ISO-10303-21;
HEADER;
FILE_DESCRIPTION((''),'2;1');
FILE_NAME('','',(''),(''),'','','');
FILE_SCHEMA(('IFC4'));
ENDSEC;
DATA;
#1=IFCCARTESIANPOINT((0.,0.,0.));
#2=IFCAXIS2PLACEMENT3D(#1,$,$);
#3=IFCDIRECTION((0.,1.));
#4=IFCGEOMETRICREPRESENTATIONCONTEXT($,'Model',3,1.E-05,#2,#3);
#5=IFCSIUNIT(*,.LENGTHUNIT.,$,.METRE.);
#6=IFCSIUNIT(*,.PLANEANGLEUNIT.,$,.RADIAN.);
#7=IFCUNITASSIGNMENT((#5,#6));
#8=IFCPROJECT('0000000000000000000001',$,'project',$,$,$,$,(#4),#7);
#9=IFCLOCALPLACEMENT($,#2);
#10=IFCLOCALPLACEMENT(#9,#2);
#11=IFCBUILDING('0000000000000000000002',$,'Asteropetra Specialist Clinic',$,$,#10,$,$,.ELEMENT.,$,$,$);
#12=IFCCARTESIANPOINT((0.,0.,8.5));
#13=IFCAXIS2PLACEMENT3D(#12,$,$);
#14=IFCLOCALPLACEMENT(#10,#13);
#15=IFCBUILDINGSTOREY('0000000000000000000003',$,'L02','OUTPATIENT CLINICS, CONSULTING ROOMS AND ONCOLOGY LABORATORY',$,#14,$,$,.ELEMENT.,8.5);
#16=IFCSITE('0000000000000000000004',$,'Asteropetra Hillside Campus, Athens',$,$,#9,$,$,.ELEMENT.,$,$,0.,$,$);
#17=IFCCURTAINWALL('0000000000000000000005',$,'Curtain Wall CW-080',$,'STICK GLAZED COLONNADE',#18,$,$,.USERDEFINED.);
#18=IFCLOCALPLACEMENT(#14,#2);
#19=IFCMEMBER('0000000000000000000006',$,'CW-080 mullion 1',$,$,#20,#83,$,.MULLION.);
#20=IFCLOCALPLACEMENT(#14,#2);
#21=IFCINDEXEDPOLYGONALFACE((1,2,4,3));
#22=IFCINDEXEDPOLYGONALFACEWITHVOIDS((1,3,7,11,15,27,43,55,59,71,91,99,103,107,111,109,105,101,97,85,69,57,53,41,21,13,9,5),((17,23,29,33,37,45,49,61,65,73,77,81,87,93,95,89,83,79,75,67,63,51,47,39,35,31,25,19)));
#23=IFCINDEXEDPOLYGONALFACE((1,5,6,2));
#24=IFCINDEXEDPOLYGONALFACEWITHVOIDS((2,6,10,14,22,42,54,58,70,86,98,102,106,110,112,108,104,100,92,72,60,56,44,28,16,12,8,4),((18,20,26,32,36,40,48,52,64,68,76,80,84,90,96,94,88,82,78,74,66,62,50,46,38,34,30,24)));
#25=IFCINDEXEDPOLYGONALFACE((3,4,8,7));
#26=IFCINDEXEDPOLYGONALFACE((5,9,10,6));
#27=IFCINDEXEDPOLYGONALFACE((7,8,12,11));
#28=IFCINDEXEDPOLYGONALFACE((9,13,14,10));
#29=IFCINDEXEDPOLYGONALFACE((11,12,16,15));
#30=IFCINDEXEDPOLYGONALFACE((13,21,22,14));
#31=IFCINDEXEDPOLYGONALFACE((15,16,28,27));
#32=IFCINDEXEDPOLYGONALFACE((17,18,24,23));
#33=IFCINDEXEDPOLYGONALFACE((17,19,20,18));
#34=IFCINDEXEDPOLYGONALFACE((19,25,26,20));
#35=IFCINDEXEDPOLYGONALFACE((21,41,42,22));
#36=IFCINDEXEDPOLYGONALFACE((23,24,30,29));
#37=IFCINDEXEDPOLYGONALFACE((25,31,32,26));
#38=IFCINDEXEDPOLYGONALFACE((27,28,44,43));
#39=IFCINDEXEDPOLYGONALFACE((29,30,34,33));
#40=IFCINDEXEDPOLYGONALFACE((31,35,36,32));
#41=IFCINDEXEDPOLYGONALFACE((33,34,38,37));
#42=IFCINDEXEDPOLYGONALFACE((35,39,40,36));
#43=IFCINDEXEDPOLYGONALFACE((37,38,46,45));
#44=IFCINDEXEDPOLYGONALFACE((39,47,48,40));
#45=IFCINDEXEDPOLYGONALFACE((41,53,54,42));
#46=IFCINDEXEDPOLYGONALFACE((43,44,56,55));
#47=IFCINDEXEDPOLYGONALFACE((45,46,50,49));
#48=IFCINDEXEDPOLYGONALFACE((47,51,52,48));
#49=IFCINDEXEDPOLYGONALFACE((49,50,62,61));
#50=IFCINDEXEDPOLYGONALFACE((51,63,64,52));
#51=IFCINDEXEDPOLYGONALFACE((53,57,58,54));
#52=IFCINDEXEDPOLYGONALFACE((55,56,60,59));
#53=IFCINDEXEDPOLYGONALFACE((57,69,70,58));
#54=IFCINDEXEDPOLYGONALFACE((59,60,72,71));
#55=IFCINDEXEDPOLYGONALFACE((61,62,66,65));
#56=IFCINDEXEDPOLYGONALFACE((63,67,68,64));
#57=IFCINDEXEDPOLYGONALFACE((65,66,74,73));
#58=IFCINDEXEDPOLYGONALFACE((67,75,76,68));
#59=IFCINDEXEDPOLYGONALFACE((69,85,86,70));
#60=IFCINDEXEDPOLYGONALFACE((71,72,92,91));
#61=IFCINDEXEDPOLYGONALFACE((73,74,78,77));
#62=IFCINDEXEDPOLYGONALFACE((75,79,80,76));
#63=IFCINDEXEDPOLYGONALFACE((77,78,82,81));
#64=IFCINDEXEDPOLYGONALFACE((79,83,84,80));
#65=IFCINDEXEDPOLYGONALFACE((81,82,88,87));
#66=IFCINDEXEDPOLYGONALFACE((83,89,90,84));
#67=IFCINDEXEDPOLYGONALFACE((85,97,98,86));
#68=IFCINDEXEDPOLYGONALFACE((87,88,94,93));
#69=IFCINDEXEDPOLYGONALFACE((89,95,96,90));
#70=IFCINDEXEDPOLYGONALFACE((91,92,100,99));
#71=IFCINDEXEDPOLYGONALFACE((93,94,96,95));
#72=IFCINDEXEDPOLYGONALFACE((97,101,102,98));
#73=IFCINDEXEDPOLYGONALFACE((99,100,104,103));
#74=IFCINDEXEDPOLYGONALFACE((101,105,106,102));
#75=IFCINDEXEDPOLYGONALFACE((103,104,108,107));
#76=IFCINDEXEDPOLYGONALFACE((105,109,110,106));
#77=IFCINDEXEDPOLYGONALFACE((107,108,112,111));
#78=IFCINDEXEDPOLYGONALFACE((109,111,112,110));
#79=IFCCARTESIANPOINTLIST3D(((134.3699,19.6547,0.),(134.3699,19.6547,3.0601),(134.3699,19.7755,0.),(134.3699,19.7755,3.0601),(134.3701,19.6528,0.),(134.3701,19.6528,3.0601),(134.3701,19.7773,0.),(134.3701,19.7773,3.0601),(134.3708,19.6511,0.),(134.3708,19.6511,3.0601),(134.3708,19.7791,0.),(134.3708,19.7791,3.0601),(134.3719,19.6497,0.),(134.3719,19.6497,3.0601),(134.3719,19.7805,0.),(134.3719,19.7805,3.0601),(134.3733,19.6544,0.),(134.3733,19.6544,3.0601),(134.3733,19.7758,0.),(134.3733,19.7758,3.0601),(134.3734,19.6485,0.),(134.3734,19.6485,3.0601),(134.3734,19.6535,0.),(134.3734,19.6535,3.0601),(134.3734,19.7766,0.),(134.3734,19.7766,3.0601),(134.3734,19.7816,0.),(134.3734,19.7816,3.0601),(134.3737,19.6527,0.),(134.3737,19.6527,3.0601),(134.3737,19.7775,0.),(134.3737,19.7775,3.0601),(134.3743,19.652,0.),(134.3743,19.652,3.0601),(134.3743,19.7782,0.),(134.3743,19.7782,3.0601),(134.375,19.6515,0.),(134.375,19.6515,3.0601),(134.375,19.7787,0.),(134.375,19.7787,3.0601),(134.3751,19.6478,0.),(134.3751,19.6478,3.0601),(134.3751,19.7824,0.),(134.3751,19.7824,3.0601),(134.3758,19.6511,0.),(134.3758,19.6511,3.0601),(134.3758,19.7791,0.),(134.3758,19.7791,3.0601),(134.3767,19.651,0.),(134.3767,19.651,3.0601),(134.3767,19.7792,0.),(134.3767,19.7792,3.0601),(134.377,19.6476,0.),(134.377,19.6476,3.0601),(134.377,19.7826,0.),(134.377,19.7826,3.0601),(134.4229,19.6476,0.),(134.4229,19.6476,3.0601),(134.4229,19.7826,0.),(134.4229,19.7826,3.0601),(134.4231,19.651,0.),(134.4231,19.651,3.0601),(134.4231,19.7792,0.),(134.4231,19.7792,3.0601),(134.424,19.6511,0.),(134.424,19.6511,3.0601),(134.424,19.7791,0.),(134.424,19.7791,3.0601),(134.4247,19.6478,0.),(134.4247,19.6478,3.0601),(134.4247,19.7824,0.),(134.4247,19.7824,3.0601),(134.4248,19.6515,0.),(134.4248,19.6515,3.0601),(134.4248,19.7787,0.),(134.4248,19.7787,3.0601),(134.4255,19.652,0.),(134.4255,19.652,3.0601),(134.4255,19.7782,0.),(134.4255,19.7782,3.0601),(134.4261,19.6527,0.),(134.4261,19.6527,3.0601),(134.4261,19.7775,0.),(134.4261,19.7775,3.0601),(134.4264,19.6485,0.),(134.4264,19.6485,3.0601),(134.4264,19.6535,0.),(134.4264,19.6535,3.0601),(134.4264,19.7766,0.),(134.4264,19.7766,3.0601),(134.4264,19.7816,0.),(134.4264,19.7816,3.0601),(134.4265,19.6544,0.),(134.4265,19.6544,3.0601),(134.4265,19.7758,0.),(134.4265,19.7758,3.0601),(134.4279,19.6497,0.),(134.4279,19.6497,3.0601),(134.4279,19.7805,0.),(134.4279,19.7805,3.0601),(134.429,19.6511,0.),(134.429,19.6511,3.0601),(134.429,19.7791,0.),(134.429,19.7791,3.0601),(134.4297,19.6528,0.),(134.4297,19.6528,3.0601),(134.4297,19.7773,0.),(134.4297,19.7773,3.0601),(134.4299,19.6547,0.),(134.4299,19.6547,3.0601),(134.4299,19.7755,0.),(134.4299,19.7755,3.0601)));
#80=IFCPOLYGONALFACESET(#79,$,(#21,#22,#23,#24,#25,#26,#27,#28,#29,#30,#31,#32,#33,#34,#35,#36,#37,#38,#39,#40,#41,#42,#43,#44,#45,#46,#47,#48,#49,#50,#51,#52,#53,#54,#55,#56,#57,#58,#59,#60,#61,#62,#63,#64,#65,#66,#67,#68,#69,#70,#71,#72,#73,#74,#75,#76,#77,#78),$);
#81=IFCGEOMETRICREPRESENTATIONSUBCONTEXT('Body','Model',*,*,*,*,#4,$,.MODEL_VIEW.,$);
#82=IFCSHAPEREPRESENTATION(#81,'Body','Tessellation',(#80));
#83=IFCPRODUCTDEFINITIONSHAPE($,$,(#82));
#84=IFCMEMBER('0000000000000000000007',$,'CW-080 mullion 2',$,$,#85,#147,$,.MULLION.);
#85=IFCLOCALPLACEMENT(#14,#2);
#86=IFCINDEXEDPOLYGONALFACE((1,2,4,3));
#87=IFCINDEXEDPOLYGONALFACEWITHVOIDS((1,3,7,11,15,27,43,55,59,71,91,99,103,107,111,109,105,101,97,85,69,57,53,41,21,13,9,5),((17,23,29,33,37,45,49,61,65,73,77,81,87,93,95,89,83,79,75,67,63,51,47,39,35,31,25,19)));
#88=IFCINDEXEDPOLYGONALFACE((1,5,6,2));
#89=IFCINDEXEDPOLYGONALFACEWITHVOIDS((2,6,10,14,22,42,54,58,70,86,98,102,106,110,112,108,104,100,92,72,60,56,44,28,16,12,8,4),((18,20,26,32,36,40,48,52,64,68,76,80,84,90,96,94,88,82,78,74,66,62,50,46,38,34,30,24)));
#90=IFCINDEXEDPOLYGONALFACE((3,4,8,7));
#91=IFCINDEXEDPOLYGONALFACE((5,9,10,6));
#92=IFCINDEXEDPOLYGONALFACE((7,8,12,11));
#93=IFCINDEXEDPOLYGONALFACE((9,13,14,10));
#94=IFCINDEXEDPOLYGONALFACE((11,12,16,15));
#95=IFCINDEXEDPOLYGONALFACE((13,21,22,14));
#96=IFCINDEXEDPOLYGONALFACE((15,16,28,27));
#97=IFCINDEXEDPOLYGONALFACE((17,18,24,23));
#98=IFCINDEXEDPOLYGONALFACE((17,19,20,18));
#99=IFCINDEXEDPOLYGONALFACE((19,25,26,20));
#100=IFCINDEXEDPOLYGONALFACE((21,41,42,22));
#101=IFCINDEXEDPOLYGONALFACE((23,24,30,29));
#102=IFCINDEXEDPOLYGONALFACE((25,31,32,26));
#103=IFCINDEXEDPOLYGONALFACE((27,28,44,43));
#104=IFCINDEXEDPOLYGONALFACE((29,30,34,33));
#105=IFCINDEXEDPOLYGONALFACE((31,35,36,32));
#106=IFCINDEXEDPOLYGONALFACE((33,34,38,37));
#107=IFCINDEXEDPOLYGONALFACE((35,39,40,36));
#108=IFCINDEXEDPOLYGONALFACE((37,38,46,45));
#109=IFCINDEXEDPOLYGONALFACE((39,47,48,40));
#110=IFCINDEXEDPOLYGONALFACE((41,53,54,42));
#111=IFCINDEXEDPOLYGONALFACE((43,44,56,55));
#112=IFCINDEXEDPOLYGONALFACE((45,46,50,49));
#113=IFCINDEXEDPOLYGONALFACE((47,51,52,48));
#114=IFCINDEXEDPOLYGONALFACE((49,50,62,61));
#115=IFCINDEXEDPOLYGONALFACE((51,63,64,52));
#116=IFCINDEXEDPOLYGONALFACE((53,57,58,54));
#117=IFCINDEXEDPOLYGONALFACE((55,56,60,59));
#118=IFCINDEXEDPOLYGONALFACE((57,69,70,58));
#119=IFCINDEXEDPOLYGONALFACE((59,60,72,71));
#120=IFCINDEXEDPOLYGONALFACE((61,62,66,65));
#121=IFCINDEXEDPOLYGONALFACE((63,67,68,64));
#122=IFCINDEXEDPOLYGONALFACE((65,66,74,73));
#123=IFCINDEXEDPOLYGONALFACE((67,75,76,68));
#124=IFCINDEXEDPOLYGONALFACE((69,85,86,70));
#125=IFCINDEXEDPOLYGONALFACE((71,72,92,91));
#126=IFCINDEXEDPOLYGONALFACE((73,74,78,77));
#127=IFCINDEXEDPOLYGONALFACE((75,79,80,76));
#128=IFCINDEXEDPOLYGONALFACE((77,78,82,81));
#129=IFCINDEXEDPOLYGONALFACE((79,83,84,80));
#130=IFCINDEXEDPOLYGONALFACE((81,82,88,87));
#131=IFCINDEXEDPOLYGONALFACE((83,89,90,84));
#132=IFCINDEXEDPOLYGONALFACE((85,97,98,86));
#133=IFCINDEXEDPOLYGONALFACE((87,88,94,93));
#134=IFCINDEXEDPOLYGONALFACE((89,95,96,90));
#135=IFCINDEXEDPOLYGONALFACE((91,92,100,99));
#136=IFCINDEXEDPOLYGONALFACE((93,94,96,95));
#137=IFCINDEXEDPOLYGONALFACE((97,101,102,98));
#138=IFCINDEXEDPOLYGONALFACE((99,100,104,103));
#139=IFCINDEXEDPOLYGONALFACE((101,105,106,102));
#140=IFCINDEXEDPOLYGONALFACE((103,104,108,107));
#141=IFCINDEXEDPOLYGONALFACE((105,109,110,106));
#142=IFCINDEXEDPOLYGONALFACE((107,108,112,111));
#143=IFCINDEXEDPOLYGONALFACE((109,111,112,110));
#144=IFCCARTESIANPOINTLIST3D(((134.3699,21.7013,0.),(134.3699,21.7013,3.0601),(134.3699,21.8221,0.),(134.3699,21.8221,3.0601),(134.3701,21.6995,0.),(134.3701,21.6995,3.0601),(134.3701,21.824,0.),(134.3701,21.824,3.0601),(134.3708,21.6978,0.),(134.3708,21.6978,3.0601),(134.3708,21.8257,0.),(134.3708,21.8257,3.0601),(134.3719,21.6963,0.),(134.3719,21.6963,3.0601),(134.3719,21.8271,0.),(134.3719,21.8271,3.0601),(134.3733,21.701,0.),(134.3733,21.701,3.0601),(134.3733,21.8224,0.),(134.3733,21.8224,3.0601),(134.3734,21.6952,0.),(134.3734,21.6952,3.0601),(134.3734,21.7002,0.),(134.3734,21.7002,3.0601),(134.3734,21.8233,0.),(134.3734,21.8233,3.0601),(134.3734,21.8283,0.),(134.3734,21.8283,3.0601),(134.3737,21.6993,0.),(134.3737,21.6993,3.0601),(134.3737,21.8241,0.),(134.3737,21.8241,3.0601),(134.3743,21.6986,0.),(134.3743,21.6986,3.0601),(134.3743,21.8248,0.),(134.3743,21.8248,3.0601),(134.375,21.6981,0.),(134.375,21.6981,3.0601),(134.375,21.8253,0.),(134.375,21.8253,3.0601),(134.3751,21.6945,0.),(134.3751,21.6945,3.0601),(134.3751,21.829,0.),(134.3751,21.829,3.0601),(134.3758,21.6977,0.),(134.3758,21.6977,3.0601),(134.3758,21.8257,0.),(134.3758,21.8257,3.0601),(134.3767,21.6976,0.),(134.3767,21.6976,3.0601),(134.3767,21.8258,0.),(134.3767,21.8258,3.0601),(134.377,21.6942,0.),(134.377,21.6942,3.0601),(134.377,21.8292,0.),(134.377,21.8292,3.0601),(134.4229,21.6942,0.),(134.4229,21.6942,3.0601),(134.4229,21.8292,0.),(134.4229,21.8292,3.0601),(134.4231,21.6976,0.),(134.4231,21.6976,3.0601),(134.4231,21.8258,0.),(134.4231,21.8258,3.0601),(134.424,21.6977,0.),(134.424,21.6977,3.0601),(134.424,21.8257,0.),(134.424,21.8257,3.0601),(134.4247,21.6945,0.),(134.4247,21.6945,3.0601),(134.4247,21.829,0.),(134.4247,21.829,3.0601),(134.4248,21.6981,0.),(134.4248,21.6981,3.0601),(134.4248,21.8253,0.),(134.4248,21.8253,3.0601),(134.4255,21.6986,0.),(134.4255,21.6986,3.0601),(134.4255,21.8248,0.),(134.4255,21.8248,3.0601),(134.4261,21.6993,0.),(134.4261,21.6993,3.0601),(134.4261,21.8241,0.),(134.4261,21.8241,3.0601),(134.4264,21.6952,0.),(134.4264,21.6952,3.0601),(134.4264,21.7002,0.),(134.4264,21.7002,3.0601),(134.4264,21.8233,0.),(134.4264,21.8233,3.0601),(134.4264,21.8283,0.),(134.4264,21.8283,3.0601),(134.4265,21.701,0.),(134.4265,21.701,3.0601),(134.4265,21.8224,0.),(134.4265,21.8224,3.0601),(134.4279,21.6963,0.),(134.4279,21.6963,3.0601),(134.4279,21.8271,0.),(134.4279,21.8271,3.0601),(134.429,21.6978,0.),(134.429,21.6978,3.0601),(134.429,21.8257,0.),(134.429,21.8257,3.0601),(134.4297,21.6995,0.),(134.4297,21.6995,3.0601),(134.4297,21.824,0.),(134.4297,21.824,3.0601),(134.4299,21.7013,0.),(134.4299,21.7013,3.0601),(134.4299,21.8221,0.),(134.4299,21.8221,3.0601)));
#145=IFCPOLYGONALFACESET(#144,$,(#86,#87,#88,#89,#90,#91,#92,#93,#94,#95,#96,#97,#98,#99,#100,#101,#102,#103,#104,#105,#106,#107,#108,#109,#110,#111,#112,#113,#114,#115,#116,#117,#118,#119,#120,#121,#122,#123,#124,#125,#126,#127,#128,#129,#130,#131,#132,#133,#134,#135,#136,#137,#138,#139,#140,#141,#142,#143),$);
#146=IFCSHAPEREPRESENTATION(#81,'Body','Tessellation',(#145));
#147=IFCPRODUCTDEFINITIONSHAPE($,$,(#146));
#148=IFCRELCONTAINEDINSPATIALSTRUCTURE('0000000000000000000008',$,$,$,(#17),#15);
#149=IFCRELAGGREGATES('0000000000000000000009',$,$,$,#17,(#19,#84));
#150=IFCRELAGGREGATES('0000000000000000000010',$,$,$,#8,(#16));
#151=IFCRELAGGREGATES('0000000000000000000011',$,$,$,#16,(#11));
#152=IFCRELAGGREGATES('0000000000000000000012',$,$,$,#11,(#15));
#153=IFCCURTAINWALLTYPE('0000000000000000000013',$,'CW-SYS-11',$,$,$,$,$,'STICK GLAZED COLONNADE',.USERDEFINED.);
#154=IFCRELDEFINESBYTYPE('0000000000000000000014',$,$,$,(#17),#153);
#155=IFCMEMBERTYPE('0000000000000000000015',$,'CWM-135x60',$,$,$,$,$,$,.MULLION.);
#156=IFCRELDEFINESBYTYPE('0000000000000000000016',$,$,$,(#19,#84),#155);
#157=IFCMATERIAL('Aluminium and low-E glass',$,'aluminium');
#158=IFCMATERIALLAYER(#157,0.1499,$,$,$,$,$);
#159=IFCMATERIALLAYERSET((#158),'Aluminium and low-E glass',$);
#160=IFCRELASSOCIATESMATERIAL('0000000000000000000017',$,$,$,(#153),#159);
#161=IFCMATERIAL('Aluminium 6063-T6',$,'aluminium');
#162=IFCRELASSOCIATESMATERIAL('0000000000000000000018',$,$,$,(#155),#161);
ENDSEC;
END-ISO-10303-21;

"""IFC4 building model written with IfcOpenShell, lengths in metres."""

from ifc_helpers import new_model, si_unit, direction, frame, origin, origin_2d, place, context, subcontext, project, spatial, hollow_rectangle, extrude, material, layer, layer_set, material_profile, profile_set, type_object, element, aggregate, save


model = new_model("IFC4")

# Units and contexts
model_context = context("Model", 3, precision=1e-05, world=origin(), true_north=direction((0.0, 1.0)))
body_context = subcontext(model_context, "Body", "Model", "MODEL_VIEW")
ifc_project = project(units=[si_unit("LENGTHUNIT", "METRE"), si_unit("PLANEANGLEUNIT", "RADIAN")], contexts=[model_context])

# Site, building, storey
site_placement = place(None, origin())
site = spatial("IfcSite", under=ifc_project, at=site_placement, Name="Asteropetra Hillside Campus, Athens", CompositionType="ELEMENT", RefElevation=0.0)
building_placement = place(site_placement, origin())
building = spatial("IfcBuilding", under=site, at=building_placement, Name="Asteropetra Specialist Clinic", CompositionType="ELEMENT")
storey_placement = place(building_placement, frame((0.0, 0.0, 8.5)))
storey = spatial("IfcBuildingStorey", under=building, at=storey_placement, Name="L02", Description="OUTPATIENT CLINICS, CONSULTING ROOMS AND ONCOLOGY LABORATORY", CompositionType="ELEMENT", Elevation=8.5)

# Curtain wall, members
ifc_material_1 = material(Name="Aluminium and low-E glass", Category="aluminium")
ifc_layer_1 = layer(ifc_material_1, 0.1499)
ifc_layer_set_1 = layer_set([ifc_layer_1], Name="Aluminium and low-E glass")
curtain_wall_type = type_object("IfcCurtainWallType", Name="CW-SYS-11", ElementType="STICK GLAZED COLONNADE", PredefinedType="USERDEFINED", material=ifc_layer_set_1)
curtain_wall_1_placement = place(storey_placement, origin())
curtain_wall_1 = element("IfcCurtainWall", 1, at=curtain_wall_1_placement, inside=storey, type_object=curtain_wall_type, Name="Curtain Wall CW-080", ObjectType="STICK GLAZED COLONNADE", PredefinedType="USERDEFINED")
ifc_material_2 = material(Name="Aluminium 6063-T6", Category="aluminium")
ifc_material_profile_1 = material_profile(ifc_material_2, hollow_rectangle(XDim=0.0601, YDim=0.135, WallThickness=0.0034, InnerFilletRadius=0.0034, OuterFilletRadius=0.0071, at=origin_2d()), Name="MUL 135x60x3.5")
ifc_profile_set_1 = profile_set([ifc_material_profile_1], Name="Aluminium 6063-T6")
member_type_1 = type_object("IfcMemberType", Name="CWM-135x60", PredefinedType="MULLION", material=ifc_profile_set_1)
member_1_placement = place(storey_placement, frame((134.3999, 19.7151, 0.0), z_axis=(0.0, 0.0, 1.0), x_axis=(-1.0, 0.0, 0.0)))
member_1 = element("IfcMember", 2, at=member_1_placement, type_object=member_type_1, Name="CW-080 mullion 1", PredefinedType="MULLION", context=body_context, shape_type="SweptSolid", body=[
    extrude(hollow_rectangle(XDim=0.0601, YDim=0.135, WallThickness=0.0034, InnerFilletRadius=0.0034, OuterFilletRadius=0.0071, at=origin_2d()), origin(), (0.0, 0.0, 1.0), 3.0601),
])
member_2_placement = place(storey_placement, frame((134.3999, 21.7617, 0.0), z_axis=(0.0, 0.0, 1.0), x_axis=(-1.0, 0.0, 0.0)))
member_2 = element("IfcMember", 3, at=member_2_placement, type_object=member_type_1, Name="CW-080 mullion 2", PredefinedType="MULLION", context=body_context, shape_type="SweptSolid", body=[
    extrude(hollow_rectangle(XDim=0.0601, YDim=0.135, WallThickness=0.0034, InnerFilletRadius=0.0034, OuterFilletRadius=0.0071, at=origin_2d()), origin(), (0.0, 0.0, 1.0), 3.0601),
])

aggregate(curtain_wall_1, [member_1, member_2])

save(model, "model.ifc")
